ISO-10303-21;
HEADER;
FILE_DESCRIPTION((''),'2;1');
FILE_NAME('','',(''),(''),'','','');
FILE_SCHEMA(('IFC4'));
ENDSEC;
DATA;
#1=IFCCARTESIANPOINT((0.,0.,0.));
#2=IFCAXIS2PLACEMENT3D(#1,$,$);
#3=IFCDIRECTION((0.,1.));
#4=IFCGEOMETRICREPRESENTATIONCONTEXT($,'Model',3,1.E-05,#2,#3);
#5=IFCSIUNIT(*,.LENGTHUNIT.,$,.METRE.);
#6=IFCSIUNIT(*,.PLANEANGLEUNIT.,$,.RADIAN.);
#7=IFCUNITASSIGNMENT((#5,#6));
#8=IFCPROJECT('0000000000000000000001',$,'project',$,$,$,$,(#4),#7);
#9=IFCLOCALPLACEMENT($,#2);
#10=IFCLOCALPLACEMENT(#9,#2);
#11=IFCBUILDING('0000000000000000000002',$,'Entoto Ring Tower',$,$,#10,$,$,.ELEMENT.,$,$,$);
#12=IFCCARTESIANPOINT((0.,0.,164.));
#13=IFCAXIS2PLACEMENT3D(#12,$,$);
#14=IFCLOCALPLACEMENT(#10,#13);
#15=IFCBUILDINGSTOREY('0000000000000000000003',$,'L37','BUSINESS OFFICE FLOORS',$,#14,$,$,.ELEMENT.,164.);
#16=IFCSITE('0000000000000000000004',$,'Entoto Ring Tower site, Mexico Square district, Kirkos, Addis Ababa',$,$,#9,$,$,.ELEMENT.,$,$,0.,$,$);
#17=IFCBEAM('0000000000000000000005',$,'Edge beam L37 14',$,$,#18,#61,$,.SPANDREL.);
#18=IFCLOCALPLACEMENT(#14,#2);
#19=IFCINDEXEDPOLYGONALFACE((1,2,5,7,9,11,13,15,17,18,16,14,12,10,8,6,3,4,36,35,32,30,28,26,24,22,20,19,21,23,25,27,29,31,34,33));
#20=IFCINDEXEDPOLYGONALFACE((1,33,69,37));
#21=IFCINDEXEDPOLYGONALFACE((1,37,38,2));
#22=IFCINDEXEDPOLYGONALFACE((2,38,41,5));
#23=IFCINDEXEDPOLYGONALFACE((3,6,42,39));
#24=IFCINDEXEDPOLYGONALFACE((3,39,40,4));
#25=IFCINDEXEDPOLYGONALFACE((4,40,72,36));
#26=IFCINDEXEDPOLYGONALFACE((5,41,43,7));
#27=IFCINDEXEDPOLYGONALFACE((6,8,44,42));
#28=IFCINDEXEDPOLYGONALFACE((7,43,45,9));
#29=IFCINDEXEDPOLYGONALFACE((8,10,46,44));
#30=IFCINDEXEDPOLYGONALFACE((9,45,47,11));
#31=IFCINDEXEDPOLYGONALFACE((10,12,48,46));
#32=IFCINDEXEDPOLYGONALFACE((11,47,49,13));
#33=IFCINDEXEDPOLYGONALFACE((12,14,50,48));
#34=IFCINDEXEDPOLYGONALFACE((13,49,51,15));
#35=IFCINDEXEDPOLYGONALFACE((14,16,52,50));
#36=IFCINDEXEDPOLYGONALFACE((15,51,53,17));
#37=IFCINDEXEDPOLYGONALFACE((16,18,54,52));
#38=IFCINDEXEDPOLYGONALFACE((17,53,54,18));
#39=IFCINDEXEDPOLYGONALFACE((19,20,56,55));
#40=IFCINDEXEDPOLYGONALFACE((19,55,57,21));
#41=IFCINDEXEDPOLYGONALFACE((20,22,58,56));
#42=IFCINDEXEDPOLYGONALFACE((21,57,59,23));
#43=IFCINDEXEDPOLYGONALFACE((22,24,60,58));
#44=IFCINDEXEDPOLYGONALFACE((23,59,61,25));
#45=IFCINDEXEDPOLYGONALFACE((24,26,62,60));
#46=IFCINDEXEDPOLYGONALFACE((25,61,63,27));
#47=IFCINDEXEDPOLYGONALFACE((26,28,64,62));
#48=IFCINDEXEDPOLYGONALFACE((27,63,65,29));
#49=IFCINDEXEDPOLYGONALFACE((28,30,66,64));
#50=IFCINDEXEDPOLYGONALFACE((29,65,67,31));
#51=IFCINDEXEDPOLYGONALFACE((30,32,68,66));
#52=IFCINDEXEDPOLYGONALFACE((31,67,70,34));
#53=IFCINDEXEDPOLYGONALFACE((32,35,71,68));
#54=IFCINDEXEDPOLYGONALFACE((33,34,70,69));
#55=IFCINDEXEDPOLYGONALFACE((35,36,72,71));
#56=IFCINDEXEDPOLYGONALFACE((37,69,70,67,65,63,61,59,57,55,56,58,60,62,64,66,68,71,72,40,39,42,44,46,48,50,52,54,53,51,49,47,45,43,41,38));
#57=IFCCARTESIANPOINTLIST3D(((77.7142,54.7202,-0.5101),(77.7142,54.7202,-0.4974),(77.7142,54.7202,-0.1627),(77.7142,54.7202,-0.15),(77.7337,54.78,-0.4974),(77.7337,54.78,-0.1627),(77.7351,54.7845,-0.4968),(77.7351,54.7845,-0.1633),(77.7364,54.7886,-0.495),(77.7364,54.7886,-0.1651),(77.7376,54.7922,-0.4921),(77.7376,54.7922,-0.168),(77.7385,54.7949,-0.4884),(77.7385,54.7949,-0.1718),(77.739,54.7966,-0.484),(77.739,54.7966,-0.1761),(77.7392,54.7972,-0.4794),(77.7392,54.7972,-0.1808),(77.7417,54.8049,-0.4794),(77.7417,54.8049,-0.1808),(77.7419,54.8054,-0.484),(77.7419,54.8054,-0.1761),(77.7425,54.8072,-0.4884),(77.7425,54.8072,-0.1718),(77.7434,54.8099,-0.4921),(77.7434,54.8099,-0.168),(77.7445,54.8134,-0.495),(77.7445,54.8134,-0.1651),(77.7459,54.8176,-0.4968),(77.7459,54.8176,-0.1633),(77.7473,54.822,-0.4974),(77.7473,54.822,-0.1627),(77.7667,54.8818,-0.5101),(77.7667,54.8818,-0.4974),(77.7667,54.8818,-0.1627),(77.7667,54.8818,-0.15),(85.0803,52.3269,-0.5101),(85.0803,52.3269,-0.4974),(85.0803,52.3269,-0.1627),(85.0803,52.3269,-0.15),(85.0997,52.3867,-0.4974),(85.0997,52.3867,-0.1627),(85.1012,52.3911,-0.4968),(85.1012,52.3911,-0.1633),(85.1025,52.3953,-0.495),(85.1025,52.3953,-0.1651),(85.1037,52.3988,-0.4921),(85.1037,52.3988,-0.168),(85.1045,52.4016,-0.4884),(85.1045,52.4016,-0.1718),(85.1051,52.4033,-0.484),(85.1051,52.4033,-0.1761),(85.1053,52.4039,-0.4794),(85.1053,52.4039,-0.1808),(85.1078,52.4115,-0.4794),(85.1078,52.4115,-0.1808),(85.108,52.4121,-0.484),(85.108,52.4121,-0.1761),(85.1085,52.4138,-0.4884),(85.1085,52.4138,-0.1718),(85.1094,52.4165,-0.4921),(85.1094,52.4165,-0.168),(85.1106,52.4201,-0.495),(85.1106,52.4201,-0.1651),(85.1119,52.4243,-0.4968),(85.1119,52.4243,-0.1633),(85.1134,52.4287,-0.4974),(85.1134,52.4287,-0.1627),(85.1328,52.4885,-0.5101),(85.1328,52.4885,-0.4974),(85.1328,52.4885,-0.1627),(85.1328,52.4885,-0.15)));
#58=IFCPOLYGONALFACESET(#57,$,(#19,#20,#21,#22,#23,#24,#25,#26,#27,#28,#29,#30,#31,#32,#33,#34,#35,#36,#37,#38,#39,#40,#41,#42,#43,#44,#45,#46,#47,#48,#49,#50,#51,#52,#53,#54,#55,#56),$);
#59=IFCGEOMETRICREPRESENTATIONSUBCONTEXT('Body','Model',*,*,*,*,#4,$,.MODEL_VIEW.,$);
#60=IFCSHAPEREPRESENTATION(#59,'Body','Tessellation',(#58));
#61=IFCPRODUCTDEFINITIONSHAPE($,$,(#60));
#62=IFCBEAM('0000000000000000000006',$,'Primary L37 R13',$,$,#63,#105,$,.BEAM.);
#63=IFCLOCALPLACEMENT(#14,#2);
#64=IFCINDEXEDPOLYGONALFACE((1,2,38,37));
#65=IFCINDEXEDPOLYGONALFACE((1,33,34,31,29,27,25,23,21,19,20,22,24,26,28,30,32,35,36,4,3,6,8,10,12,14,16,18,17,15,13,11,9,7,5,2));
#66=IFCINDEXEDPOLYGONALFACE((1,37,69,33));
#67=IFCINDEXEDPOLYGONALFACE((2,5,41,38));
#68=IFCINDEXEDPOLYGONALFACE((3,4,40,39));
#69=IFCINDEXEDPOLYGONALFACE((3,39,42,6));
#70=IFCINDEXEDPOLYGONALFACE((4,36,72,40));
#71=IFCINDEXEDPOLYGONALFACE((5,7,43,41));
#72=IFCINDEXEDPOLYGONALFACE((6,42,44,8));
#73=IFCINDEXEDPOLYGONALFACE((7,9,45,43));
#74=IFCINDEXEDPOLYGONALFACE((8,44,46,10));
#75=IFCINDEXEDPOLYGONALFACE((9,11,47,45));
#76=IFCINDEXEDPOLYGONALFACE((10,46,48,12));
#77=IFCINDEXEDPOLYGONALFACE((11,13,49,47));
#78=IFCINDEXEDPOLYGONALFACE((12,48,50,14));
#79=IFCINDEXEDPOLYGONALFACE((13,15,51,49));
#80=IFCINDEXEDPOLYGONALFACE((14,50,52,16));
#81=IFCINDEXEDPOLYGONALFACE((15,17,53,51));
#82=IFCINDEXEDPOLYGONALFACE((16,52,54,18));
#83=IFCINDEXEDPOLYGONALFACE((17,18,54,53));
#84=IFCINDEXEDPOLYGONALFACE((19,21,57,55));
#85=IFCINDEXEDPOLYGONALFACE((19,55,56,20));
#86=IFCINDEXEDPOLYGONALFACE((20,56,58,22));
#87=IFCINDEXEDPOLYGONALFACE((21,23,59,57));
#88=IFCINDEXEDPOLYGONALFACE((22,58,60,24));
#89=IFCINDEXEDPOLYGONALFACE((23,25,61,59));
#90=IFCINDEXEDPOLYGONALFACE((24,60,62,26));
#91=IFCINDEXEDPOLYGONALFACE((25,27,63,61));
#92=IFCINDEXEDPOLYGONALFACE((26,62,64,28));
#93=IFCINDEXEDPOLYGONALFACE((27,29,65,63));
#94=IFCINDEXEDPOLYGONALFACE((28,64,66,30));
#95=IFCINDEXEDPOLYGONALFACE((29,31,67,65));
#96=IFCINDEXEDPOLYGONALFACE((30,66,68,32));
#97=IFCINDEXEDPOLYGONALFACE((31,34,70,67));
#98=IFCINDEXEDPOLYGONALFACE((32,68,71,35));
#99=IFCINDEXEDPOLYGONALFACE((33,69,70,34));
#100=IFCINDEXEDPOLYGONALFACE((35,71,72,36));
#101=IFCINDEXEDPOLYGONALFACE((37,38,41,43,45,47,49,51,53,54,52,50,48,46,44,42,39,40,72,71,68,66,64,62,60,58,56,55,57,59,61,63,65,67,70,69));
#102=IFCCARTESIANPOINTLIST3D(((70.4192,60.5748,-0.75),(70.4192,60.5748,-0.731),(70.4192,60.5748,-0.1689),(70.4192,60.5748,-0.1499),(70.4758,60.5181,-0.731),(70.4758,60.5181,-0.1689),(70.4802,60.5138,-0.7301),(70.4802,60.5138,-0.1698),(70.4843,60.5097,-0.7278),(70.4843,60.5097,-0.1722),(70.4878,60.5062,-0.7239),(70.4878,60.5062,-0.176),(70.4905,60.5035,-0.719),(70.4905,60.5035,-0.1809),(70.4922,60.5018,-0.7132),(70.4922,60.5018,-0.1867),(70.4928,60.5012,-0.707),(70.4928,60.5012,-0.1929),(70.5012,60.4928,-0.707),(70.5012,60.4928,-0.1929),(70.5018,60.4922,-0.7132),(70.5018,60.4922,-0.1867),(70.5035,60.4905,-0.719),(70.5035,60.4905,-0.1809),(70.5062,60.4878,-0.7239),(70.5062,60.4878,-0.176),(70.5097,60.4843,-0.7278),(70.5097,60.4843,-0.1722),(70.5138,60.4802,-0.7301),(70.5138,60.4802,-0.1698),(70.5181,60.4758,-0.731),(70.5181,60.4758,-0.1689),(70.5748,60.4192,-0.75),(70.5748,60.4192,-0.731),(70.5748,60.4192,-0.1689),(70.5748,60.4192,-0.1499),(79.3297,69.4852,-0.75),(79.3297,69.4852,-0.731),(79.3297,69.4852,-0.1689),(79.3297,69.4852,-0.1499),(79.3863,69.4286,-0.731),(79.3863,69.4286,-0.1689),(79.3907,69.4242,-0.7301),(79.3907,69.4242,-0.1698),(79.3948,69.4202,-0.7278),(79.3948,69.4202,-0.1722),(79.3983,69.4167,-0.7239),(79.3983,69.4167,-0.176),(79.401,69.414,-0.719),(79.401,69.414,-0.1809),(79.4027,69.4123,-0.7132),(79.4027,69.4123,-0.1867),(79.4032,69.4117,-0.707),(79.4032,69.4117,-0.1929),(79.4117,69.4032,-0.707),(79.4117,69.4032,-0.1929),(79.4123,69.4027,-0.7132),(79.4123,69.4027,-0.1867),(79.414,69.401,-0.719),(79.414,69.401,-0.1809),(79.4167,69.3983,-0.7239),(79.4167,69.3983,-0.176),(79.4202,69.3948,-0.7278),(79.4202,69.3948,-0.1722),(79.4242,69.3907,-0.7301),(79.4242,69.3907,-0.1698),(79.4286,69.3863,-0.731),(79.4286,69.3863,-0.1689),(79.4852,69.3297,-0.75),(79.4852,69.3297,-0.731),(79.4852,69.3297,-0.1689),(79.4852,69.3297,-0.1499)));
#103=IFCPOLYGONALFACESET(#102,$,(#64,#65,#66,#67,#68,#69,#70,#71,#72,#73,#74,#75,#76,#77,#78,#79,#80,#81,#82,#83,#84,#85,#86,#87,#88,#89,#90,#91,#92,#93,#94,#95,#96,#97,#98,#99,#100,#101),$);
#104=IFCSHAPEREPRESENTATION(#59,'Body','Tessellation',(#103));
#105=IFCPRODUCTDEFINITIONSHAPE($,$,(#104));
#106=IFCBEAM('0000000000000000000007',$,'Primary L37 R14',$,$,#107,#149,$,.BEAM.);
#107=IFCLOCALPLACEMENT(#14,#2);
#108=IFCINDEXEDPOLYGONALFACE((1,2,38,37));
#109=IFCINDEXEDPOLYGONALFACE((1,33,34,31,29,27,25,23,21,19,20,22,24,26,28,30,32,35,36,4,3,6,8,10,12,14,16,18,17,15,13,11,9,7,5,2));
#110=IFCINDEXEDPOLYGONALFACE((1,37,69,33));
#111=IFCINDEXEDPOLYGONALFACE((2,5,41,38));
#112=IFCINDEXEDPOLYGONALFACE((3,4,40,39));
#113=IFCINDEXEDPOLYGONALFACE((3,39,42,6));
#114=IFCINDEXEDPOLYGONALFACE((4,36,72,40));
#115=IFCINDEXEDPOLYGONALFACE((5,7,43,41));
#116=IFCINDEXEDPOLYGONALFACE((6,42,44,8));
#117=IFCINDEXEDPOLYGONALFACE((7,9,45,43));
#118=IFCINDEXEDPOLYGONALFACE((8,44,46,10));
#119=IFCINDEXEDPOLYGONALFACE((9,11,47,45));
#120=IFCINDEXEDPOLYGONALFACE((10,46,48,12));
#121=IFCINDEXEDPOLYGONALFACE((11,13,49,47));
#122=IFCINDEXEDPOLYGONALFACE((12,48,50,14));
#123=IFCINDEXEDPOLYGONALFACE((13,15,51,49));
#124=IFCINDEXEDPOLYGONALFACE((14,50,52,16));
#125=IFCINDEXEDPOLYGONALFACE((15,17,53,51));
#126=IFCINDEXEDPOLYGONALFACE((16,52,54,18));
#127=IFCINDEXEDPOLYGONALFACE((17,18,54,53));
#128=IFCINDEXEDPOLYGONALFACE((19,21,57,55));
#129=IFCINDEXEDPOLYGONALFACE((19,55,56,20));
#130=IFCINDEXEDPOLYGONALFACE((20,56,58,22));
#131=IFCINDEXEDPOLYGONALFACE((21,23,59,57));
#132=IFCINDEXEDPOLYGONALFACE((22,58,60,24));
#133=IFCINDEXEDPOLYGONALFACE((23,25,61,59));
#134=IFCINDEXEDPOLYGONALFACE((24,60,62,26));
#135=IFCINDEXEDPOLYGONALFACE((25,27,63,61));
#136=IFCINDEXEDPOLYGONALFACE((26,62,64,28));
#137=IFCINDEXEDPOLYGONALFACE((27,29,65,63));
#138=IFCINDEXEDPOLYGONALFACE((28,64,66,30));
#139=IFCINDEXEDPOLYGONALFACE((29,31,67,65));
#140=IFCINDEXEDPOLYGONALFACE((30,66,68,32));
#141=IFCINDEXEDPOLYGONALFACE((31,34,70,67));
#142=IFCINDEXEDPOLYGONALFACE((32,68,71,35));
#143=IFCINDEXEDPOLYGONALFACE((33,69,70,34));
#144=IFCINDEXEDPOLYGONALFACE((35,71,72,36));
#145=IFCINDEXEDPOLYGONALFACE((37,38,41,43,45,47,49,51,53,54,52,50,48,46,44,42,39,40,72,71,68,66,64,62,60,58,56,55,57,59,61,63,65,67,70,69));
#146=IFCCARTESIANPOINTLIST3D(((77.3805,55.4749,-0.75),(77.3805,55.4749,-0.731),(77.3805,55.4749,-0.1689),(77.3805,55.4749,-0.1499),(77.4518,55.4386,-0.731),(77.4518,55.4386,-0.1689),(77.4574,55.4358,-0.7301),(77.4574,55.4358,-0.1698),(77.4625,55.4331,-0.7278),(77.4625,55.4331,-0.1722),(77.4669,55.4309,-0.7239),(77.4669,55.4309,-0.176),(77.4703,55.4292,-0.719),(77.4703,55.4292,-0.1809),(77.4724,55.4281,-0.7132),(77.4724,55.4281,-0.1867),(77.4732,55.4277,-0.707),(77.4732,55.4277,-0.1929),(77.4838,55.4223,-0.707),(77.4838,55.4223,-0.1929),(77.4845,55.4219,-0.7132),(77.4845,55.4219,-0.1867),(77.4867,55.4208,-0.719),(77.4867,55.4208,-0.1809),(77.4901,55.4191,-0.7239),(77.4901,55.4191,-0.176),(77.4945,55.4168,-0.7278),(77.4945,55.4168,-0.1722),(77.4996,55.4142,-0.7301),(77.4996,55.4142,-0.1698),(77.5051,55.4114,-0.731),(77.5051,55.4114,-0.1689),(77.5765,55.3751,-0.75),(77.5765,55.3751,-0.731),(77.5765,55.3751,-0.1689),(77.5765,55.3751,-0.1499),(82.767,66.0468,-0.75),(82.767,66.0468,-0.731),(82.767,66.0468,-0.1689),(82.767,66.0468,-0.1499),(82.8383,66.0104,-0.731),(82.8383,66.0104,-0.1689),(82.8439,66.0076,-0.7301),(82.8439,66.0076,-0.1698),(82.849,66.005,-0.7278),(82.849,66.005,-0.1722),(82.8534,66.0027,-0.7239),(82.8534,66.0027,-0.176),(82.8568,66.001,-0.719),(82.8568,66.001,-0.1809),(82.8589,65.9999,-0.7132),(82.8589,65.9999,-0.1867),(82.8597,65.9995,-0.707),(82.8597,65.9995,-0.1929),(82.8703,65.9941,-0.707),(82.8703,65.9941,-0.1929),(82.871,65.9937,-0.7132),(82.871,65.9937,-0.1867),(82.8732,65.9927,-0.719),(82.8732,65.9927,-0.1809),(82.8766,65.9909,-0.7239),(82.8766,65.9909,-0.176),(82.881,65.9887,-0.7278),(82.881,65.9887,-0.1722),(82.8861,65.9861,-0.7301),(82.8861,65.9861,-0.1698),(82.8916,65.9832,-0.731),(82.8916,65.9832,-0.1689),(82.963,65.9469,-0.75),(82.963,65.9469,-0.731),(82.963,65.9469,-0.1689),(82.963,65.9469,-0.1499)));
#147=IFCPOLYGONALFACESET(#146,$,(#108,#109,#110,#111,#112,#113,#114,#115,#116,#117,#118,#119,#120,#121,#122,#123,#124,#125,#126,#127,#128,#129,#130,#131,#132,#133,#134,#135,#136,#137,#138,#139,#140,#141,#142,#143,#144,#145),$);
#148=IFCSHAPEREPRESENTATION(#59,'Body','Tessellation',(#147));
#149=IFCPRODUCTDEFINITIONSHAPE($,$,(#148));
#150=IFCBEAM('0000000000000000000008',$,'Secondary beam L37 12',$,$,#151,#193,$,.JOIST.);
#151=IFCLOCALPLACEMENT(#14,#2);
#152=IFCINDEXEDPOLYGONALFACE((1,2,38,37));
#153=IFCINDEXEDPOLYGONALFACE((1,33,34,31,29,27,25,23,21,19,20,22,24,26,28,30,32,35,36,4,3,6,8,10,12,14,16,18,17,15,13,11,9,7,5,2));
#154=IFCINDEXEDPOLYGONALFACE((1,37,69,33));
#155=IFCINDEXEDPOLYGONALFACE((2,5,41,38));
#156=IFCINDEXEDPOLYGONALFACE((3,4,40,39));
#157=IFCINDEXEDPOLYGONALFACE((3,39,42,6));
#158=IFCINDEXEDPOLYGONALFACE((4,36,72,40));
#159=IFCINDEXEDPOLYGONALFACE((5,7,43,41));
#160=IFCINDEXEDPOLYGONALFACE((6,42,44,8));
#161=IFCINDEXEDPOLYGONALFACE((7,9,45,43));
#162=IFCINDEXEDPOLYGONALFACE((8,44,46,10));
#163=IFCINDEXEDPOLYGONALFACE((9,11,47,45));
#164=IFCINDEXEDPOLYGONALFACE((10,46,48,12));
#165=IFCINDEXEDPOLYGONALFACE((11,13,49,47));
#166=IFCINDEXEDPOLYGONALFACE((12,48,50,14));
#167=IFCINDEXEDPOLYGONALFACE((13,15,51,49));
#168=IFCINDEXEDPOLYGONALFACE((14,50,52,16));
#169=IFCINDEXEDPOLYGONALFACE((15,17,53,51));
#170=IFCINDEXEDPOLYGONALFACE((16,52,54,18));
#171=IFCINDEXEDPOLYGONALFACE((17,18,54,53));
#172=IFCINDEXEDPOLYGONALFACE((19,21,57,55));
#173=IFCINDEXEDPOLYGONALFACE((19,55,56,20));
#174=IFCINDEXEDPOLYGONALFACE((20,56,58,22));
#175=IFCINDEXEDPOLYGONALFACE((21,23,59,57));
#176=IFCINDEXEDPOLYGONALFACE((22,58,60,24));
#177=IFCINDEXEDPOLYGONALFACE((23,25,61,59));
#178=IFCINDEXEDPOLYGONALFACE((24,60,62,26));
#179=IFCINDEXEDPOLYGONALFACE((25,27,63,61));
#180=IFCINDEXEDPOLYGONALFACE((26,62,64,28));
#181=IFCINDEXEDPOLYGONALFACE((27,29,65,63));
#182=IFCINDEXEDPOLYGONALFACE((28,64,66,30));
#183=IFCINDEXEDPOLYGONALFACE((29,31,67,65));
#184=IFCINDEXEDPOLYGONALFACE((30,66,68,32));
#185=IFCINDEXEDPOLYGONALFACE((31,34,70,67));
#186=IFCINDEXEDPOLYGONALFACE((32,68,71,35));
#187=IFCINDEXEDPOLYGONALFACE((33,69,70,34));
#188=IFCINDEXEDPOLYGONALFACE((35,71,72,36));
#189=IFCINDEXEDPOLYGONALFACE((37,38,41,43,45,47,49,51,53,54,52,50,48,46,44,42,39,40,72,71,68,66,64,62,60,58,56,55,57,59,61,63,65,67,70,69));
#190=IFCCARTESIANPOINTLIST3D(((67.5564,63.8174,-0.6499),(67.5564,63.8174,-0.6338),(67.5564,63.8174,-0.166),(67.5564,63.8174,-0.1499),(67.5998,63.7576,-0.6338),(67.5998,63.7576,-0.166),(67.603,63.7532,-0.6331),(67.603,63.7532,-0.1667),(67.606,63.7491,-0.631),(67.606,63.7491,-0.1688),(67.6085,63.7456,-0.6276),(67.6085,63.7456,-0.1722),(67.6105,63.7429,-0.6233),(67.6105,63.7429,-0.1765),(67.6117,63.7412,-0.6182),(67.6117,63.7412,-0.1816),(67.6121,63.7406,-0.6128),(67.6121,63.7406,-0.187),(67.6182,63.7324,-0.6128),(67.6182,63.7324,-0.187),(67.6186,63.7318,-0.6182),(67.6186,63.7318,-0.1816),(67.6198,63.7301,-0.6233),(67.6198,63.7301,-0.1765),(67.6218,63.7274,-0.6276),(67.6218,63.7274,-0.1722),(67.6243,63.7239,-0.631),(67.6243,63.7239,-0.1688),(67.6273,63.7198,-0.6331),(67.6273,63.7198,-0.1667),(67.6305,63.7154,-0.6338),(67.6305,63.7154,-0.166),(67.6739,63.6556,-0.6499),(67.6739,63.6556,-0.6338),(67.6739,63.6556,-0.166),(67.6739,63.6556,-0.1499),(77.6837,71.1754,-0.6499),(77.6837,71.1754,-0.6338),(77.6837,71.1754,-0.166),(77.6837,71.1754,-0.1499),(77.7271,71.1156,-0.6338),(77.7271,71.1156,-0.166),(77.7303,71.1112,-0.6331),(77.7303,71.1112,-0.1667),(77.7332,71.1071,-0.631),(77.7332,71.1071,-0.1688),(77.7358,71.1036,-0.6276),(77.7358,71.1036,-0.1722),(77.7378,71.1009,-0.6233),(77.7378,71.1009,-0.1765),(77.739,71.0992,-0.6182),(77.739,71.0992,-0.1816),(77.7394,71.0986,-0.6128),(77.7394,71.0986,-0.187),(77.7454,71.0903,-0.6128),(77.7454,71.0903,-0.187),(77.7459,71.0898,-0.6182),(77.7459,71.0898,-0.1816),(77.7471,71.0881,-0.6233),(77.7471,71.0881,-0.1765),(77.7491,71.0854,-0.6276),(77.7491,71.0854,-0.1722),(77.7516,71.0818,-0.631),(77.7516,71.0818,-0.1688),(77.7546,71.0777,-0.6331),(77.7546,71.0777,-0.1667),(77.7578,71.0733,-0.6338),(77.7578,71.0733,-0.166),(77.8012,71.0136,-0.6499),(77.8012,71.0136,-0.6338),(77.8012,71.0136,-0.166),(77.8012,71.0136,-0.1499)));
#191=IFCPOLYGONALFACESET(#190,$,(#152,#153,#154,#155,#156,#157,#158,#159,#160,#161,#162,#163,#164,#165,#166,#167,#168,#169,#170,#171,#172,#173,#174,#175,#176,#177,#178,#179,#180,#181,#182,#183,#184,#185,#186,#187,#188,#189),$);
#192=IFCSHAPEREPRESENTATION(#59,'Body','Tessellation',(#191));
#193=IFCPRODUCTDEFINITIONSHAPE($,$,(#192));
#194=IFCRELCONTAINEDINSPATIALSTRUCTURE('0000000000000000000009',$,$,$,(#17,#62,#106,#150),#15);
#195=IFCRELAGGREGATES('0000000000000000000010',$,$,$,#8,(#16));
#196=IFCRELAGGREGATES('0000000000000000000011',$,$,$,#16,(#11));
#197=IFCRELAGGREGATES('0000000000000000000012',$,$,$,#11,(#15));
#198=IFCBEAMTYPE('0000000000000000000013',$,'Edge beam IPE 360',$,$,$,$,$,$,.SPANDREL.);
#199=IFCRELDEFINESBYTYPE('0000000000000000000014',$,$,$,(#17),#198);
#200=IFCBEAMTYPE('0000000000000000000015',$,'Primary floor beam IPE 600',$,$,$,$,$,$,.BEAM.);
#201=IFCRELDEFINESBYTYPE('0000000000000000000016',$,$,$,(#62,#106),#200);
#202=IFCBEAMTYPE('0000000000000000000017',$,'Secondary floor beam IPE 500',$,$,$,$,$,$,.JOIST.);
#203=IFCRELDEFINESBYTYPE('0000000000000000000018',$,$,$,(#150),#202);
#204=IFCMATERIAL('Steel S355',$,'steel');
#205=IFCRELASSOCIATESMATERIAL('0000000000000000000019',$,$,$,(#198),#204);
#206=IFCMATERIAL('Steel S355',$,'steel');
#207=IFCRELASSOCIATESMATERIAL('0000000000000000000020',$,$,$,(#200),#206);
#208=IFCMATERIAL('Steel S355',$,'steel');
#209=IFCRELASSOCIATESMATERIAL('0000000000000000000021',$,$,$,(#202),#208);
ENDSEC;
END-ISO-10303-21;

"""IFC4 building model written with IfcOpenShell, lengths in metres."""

from ifc_helpers import new_model, si_unit, direction, frame, origin, origin_2d, place, context, subcontext, project, spatial, i_section, extrude, material, material_profile, profile_set, type_object, element, save


model = new_model("IFC4")

# Units and contexts
model_context = context("Model", 3, precision=1e-05, world=origin(), true_north=direction((0.0, 1.0)))
body_context = subcontext(model_context, "Body", "Model", "MODEL_VIEW")
ifc_project = project(units=[si_unit("LENGTHUNIT", "METRE"), si_unit("PLANEANGLEUNIT", "RADIAN")], contexts=[model_context])

# Site, building, storey
site_placement = place(None, origin())
site = spatial("IfcSite", under=ifc_project, at=site_placement, Name="Entoto Ring Tower site, Mexico Square district, Kirkos, Addis Ababa", CompositionType="ELEMENT", RefElevation=0.0)
building_placement = place(site_placement, origin())
building = spatial("IfcBuilding", under=site, at=building_placement, Name="Entoto Ring Tower", CompositionType="ELEMENT")
storey_placement = place(building_placement, frame((0.0, 0.0, 164.0)))
storey = spatial("IfcBuildingStorey", under=building, at=storey_placement, Name="L37", Description="BUSINESS OFFICE FLOORS", CompositionType="ELEMENT", Elevation=164.0)

# Beams
ifc_material_1 = material(Name="Steel S355", Category="steel")
ifc_material_profile_1 = material_profile(ifc_material_1, i_section(OverallWidth=0.1699, OverallDepth=0.3601, WebThickness=0.0081, FlangeThickness=0.0127, FilletRadius=0.0181, at=origin_2d()), Name="IPE 360")
ifc_profile_set_1 = profile_set([ifc_material_profile_1], Name="Steel S355")
beam_type_1 = type_object("IfcBeamType", Name="Edge beam IPE 360", PredefinedType="SPANDREL", material=ifc_profile_set_1)
beam_1_placement = place(storey_placement, frame((77.7405, 54.801, -0.3301), z_axis=(0.951058, -0.309013, 0.0), x_axis=(0.309013, 0.951058, 0.0)))
element("IfcBeam", 1, at=beam_1_placement, inside=storey, type_object=beam_type_1, Name="Edge beam L37 14", PredefinedType="SPANDREL", context=body_context, shape_type="SweptSolid", body=[
    extrude(i_section(OverallWidth=0.1699, OverallDepth=0.3601, WebThickness=0.0081, FlangeThickness=0.0127, FilletRadius=0.0181, at=origin_2d()), origin(), (0.0, 0.0, 1.0), 7.7451),
])
ifc_material_2 = material(Name="Steel S355", Category="steel")
ifc_material_profile_2 = material_profile(ifc_material_2, i_section(OverallWidth=0.22, OverallDepth=0.6001, WebThickness=0.012, FlangeThickness=0.019, FilletRadius=0.0239, at=origin_2d()), Name="IPE 600")
ifc_profile_set_2 = profile_set([ifc_material_profile_2], Name="Steel S355")
beam_type_2 = type_object("IfcBeamType", Name="Primary floor beam IPE 600", PredefinedType="BEAM", material=ifc_profile_set_2)
beam_2_placement = place(storey_placement, frame((79.4075, 69.4075, -0.45), z_axis=(-0.707107, -0.707107, 0.0), x_axis=(0.707107, -0.707107, 0.0)))
element("IfcBeam", 2, at=beam_2_placement, inside=storey, type_object=beam_type_2, Name="Primary L37 R13", PredefinedType="BEAM", context=body_context, shape_type="SweptSolid", body=[
    extrude(i_section(OverallWidth=0.22, OverallDepth=0.6001, WebThickness=0.012, FlangeThickness=0.019, FilletRadius=0.0239, at=origin_2d()), origin(), (0.0, 0.0, 1.0), 12.6013),
])
beam_3_placement = place(storey_placement, frame((82.865, 65.9968, -0.45), z_axis=(-0.453983, -0.89101, 0.0), x_axis=(0.89101, -0.453983, 0.0)))
element("IfcBeam", 3, at=beam_3_placement, inside=storey, type_object=beam_type_2, Name="Primary L37 R14", PredefinedType="BEAM", context=body_context, shape_type="SweptSolid", body=[
    extrude(i_section(OverallWidth=0.22, OverallDepth=0.6001, WebThickness=0.012, FlangeThickness=0.019, FilletRadius=0.0239, at=origin_2d()), origin(), (0.0, 0.0, 1.0), 11.865),
])
ifc_material_3 = material(Name="Steel S355", Category="steel")
ifc_material_profile_3 = material_profile(ifc_material_3, i_section(OverallWidth=0.2, OverallDepth=0.5, WebThickness=0.0103, FlangeThickness=0.0161, FilletRadius=0.021, at=origin_2d()), Name="IPE 500")
ifc_profile_set_3 = profile_set([ifc_material_profile_3], Name="Steel S355")
beam_type_3 = type_object("IfcBeamType", Name="Secondary floor beam IPE 500", PredefinedType="JOIST", material=ifc_profile_set_3)
for number, where, z_axis, x_axis, name in (
    (4, (77.7424, 71.0945, -0.3999), (-0.809014, -0.587789, 0.0), (0.587789, -0.809014, 0.0), "Secondary beam L37 12"),
):
    element("IfcBeam", number, at=place(storey_placement, frame(where, z_axis=z_axis, x_axis=x_axis)), inside=storey, type_object=beam_type_3, Name=name, PredefinedType="JOIST", context=body_context, shape_type="SweptSolid", body=[
        extrude(i_section(OverallWidth=0.2, OverallDepth=0.5, WebThickness=0.0103, FlangeThickness=0.0161, FilletRadius=0.021, at=origin_2d()), origin(), (0.0, 0.0, 1.0), 12.5181),
    ])

save(model, "model.ifc")
